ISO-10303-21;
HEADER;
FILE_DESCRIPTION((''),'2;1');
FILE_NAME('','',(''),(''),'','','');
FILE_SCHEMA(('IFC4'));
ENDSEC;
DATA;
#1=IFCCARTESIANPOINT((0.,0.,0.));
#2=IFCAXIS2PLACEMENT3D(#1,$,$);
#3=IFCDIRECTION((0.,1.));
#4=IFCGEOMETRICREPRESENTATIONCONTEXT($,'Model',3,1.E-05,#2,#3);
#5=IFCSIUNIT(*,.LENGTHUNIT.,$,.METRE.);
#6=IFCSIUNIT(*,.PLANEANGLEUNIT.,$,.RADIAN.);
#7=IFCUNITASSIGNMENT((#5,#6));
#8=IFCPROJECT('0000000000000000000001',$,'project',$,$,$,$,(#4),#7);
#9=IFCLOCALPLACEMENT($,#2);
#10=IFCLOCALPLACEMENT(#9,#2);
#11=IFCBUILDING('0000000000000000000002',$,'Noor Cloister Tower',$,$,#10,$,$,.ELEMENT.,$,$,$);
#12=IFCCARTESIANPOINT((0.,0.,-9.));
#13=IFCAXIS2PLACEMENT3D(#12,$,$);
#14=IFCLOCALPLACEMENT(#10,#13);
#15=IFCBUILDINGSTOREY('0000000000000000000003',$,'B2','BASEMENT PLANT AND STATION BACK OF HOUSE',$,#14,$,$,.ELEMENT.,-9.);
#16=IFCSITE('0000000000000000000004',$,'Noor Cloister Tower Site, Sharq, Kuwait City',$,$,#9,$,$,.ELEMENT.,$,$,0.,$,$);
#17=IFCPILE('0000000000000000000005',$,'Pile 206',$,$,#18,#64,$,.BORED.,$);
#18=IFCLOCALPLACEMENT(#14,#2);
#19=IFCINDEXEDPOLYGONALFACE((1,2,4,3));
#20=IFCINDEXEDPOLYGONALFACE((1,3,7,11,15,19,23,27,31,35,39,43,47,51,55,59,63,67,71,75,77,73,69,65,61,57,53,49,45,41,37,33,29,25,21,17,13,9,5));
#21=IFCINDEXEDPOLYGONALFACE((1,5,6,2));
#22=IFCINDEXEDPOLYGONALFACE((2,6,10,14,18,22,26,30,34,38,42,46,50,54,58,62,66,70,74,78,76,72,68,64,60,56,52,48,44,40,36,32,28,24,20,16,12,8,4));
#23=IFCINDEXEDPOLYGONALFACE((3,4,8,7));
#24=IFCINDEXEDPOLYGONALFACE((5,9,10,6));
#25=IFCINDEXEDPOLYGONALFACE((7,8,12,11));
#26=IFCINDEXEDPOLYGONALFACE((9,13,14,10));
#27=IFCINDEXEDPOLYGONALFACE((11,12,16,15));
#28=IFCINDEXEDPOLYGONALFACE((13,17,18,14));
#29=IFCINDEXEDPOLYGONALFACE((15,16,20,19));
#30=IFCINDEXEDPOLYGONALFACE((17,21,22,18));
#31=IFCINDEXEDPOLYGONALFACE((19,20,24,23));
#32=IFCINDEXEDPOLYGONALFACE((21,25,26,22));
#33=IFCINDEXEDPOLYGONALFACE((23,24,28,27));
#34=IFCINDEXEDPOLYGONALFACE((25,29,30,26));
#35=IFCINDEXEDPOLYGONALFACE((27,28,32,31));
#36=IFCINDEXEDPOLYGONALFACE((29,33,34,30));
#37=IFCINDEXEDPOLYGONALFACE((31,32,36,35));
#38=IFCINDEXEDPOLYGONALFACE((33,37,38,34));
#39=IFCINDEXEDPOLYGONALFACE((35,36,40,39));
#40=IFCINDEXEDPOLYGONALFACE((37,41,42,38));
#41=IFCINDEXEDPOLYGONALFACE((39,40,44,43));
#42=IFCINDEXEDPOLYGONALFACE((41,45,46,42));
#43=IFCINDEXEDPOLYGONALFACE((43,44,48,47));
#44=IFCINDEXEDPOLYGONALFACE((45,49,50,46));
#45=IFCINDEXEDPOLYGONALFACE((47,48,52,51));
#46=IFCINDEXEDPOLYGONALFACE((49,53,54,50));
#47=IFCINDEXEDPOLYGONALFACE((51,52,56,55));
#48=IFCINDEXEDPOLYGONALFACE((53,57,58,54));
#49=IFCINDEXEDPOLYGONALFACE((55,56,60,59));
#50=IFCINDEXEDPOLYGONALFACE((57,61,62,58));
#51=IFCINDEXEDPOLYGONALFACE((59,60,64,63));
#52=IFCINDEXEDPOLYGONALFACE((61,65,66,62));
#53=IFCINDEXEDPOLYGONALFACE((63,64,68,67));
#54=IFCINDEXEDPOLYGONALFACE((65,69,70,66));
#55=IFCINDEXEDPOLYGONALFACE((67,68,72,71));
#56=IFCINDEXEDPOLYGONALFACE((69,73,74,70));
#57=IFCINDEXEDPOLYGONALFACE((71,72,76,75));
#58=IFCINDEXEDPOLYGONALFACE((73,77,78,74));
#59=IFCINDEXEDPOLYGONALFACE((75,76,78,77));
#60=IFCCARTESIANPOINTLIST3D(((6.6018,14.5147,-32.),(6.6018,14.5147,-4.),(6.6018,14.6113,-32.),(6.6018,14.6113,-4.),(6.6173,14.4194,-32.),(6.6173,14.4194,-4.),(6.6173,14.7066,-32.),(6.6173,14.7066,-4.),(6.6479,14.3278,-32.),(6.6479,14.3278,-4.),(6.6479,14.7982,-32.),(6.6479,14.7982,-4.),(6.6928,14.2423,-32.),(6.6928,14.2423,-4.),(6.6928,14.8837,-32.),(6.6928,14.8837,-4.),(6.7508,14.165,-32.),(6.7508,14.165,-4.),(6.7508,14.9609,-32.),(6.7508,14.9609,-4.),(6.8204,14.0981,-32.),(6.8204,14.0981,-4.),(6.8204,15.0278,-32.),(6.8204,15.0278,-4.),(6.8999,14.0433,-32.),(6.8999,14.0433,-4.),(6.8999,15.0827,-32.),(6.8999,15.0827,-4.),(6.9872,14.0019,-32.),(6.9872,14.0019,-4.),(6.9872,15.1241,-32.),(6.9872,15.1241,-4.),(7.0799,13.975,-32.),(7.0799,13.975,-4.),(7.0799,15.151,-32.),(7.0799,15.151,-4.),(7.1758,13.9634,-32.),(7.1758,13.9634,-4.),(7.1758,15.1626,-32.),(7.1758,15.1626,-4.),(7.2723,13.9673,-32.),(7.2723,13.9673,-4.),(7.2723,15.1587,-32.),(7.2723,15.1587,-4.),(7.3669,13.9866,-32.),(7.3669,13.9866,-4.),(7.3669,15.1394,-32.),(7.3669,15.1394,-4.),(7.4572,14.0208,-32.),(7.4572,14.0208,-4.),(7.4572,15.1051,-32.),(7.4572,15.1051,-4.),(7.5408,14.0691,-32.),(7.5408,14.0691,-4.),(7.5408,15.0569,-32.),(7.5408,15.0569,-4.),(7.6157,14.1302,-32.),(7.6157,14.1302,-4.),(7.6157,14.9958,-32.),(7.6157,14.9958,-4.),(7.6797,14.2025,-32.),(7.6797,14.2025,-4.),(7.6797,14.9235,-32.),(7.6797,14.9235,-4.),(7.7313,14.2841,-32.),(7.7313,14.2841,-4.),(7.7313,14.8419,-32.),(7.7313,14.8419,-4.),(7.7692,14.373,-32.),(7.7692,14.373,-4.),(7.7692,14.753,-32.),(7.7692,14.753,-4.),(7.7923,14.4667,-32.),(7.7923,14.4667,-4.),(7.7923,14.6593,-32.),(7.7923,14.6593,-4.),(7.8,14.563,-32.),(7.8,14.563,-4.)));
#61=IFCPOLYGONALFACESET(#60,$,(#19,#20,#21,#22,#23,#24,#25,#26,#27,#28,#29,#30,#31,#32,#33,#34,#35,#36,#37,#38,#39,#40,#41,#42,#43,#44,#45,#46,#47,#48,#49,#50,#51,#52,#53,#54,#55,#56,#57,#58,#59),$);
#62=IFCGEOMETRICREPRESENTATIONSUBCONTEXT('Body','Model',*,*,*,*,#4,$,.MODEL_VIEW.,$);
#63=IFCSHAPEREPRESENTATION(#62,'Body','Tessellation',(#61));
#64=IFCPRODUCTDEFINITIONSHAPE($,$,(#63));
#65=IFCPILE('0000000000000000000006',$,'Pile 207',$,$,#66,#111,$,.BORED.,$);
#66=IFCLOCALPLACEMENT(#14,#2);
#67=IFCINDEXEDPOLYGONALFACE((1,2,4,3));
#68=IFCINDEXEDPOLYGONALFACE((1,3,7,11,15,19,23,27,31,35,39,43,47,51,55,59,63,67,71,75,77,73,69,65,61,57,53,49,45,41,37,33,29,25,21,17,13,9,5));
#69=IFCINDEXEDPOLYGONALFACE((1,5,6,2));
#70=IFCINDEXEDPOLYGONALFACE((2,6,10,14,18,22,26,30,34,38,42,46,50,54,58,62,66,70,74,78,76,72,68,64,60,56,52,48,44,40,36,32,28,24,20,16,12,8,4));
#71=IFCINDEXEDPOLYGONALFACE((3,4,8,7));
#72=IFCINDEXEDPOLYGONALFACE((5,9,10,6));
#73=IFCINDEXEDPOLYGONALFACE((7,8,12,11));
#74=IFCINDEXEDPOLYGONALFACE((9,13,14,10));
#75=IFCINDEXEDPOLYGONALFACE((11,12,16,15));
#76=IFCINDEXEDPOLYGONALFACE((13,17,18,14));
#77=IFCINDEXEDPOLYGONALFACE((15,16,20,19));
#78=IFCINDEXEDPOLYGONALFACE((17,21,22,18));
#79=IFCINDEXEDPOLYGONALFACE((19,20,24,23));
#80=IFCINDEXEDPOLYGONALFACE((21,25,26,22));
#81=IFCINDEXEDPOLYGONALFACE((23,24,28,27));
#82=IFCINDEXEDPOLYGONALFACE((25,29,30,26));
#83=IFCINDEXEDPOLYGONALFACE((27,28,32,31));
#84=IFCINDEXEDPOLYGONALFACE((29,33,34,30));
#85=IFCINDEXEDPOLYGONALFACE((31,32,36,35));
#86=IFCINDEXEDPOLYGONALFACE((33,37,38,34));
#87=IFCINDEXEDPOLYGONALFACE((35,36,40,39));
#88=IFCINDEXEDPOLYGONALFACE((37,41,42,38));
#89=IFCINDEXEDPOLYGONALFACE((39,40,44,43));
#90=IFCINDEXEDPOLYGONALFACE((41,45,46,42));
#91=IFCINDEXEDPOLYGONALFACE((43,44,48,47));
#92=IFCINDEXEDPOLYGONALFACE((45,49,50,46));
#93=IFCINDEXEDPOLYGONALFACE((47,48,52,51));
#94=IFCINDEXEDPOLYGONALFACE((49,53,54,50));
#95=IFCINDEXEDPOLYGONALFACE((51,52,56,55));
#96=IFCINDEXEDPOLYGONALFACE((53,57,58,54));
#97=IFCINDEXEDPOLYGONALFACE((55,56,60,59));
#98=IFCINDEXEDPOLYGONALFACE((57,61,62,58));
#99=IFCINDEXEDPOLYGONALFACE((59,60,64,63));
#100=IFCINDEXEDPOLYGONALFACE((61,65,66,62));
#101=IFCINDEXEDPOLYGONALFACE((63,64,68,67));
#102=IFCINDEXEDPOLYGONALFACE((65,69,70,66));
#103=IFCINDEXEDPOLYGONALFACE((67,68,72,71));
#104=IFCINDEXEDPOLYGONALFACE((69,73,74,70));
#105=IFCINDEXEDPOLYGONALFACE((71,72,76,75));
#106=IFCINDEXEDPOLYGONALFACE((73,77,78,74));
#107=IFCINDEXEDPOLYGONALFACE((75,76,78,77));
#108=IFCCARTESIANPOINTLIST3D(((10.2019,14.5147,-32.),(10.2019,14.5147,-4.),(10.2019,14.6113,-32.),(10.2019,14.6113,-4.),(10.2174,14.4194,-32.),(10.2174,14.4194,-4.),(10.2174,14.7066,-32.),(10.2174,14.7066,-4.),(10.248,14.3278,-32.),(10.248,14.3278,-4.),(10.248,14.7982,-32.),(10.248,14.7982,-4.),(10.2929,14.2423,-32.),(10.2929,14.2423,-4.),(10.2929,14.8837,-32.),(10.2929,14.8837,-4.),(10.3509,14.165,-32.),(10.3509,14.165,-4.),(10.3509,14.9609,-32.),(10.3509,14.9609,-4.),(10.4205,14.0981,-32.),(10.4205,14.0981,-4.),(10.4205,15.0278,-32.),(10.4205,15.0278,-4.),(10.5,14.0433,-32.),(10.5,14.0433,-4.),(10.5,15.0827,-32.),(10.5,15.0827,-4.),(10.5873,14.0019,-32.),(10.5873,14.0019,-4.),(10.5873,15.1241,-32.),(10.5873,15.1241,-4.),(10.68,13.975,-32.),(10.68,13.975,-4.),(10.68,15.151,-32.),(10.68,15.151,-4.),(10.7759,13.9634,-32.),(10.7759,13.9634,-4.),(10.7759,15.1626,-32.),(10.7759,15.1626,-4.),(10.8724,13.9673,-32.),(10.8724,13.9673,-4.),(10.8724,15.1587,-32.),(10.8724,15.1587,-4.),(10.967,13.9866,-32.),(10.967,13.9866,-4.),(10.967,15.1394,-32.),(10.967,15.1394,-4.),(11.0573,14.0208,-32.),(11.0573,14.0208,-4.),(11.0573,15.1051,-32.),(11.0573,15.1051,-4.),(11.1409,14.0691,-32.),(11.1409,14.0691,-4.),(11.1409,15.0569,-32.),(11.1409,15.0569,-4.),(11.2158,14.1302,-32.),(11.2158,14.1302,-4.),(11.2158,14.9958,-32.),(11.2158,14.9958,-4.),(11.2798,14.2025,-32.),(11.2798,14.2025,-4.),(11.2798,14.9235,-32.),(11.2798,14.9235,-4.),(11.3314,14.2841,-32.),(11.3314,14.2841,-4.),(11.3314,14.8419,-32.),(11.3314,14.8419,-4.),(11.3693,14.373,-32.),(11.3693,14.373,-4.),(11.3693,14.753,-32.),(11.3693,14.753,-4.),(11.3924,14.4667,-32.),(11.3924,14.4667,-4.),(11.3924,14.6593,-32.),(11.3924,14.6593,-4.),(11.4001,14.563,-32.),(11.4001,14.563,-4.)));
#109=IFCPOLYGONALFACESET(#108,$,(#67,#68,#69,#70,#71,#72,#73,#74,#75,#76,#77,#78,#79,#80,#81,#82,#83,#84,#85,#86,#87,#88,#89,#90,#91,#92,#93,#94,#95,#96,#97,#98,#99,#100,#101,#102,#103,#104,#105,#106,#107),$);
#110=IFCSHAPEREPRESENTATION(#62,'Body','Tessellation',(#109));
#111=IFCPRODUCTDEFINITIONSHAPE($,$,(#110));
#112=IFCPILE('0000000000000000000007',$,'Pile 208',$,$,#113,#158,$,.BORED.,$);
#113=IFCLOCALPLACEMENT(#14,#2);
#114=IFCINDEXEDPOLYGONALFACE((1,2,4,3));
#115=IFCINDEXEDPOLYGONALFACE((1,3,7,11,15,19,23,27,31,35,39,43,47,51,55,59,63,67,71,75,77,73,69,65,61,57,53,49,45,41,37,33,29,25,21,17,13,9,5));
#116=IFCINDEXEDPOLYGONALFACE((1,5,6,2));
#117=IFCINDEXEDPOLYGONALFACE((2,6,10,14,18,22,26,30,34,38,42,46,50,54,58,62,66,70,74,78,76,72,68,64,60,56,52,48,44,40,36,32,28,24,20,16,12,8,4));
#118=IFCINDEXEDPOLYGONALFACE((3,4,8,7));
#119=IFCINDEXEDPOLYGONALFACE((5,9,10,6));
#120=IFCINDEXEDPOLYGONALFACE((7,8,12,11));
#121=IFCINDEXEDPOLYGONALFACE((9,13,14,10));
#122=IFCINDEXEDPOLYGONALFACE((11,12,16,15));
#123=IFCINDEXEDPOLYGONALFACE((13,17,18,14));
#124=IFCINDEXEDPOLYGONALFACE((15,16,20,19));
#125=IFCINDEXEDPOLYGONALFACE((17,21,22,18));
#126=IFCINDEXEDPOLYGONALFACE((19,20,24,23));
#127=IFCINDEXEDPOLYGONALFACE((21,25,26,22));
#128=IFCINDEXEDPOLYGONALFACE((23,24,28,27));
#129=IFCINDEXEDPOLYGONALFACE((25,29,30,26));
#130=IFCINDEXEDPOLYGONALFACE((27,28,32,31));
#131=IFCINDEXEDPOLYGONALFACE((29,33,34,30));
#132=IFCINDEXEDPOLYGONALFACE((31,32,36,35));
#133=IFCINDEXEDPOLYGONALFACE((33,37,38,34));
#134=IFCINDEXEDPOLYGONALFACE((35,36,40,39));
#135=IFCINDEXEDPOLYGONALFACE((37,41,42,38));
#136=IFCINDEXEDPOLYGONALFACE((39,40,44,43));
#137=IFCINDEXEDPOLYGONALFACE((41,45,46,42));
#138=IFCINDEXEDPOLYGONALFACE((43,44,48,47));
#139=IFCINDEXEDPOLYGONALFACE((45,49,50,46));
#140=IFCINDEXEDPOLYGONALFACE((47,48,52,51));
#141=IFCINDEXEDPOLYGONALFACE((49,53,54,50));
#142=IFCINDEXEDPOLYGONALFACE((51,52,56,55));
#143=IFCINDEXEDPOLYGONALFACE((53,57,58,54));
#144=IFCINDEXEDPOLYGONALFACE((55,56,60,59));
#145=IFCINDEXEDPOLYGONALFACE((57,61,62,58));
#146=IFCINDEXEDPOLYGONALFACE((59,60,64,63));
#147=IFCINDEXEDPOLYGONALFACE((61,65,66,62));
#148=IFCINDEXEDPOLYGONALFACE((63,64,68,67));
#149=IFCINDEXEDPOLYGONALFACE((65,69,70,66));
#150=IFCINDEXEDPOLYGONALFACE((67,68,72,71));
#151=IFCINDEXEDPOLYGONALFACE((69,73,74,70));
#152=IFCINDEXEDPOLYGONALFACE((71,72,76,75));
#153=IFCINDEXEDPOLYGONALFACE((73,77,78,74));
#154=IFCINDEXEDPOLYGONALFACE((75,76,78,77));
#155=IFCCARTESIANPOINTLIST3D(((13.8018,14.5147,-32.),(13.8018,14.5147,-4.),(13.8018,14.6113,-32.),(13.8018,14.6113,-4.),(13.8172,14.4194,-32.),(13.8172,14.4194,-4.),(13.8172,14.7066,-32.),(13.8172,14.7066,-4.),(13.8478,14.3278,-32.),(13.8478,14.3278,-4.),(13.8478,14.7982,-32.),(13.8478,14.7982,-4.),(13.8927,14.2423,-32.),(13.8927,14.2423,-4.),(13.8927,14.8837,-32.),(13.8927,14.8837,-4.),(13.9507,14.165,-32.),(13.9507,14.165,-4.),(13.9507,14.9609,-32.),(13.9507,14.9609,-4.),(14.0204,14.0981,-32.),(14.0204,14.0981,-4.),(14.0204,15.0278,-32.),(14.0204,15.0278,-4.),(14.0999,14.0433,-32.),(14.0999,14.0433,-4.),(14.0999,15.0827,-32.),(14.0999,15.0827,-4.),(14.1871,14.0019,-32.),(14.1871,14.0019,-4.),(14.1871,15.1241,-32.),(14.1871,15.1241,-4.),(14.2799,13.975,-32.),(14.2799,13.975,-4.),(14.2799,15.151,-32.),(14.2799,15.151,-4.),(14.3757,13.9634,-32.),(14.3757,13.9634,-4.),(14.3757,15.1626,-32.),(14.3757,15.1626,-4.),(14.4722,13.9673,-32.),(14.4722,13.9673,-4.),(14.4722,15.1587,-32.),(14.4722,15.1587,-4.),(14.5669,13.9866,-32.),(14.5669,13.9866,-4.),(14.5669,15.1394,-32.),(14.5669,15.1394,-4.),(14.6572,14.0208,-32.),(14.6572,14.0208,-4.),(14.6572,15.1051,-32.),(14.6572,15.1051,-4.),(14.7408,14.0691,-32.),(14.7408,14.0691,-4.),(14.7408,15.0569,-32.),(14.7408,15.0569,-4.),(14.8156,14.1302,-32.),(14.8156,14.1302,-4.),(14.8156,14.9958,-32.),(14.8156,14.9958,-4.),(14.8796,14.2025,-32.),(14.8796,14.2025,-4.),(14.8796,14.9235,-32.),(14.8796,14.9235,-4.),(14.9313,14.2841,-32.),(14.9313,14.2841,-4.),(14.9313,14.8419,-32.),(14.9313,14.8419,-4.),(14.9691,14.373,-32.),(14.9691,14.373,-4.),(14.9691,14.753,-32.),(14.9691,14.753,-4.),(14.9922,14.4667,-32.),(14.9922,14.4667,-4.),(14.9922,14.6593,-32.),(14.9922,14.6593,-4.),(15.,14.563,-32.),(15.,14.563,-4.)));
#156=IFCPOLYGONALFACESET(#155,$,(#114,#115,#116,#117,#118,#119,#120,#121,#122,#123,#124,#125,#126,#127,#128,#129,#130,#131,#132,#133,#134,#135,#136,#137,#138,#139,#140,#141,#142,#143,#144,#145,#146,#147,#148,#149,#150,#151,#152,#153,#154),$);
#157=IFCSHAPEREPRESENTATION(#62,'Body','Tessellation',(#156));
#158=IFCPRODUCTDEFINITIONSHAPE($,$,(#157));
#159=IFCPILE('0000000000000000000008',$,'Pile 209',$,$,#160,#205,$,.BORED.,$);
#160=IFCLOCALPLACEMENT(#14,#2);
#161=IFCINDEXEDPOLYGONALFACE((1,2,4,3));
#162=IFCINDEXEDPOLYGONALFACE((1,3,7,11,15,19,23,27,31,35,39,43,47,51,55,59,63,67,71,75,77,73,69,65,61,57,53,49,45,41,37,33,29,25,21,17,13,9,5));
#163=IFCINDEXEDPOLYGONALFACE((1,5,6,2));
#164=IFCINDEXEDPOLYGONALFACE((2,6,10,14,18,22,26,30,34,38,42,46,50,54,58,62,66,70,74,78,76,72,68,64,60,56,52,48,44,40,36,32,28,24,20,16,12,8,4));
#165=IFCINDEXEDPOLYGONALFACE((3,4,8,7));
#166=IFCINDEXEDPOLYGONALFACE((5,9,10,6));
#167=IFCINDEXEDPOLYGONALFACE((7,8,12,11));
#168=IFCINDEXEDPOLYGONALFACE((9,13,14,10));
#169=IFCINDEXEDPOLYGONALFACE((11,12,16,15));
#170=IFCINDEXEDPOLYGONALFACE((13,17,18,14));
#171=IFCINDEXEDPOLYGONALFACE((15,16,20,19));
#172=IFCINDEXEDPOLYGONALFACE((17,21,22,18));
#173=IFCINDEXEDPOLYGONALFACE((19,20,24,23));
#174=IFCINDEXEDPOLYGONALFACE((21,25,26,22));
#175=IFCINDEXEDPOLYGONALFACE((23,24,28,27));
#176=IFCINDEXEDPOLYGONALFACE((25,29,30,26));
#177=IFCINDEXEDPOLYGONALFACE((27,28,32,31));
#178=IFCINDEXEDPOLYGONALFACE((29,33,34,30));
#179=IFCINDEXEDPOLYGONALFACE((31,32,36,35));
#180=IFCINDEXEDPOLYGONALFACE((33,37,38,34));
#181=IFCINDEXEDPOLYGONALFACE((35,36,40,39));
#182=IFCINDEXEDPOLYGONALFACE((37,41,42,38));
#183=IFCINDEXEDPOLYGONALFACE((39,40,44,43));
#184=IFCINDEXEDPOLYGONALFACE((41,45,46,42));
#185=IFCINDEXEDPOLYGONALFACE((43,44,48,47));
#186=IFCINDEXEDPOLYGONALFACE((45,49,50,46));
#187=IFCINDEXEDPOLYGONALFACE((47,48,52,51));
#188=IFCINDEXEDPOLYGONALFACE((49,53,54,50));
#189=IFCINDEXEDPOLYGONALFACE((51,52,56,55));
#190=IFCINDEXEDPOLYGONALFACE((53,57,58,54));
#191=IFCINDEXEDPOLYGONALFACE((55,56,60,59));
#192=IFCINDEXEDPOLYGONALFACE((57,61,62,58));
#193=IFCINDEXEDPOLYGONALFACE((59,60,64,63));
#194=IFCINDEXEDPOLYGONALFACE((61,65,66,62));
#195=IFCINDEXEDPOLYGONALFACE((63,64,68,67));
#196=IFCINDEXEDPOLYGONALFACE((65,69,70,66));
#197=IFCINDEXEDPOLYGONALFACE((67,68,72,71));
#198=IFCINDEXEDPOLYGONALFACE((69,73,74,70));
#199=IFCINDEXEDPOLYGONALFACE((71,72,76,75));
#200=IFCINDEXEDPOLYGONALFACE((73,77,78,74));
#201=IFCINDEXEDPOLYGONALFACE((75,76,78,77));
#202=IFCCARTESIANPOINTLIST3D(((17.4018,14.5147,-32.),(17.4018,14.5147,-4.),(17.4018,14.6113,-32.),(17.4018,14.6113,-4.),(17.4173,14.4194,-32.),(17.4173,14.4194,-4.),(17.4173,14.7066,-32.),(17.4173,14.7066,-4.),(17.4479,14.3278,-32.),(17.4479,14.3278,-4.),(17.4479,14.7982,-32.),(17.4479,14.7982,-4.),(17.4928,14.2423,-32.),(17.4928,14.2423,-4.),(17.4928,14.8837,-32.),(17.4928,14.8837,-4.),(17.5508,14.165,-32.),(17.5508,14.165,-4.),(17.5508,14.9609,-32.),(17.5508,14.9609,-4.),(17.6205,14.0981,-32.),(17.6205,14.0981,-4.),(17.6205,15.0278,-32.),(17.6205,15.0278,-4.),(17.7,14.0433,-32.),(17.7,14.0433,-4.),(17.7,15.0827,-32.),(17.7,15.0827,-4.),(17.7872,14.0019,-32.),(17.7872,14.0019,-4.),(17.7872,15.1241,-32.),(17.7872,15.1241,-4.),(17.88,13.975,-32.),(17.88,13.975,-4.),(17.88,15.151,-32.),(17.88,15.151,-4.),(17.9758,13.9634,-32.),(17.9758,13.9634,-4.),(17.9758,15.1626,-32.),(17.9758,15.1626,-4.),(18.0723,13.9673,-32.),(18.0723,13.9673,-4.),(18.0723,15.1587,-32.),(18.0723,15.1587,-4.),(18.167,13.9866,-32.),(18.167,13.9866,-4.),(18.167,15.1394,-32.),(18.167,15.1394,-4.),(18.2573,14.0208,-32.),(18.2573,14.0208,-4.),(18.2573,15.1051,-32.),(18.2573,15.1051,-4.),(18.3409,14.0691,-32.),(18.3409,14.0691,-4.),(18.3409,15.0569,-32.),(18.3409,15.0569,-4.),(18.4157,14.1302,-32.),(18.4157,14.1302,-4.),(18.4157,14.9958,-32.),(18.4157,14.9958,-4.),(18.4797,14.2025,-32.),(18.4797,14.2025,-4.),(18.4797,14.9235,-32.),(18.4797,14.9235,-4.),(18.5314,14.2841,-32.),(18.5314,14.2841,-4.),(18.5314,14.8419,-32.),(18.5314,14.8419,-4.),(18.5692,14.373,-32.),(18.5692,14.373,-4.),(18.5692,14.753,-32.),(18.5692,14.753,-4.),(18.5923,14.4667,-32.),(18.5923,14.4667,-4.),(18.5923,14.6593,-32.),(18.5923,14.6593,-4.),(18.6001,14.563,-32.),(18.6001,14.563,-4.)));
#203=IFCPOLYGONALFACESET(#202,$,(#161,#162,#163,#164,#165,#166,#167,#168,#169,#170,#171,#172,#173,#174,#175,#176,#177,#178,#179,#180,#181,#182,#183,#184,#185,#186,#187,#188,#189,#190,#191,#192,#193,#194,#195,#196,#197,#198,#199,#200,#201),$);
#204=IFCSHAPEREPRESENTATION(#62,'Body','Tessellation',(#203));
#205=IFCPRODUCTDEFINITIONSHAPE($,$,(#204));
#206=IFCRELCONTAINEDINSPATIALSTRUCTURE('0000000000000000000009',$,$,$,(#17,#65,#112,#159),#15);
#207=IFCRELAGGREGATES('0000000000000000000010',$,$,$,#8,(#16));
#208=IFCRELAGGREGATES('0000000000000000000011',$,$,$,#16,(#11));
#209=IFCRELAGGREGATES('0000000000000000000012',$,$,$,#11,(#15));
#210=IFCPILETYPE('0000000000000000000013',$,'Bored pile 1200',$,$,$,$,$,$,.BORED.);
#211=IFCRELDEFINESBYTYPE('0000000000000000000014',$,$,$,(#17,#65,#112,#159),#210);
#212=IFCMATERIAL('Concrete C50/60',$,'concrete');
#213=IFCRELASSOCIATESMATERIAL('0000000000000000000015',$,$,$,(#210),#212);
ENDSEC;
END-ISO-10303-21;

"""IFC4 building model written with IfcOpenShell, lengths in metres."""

from ifc_helpers import new_model, si_unit, direction, frame, origin, origin_2d, place, context, subcontext, project, spatial, circle, extrude, material, material_profile, profile_set, type_object, element, save


model = new_model("IFC4")

# Units and contexts
model_context = context("Model", 3, precision=1e-05, world=origin(), true_north=direction((0.0, 1.0)))
body_context = subcontext(model_context, "Body", "Model", "MODEL_VIEW")
ifc_project = project(units=[si_unit("LENGTHUNIT", "METRE"), si_unit("PLANEANGLEUNIT", "RADIAN")], contexts=[model_context])

# Site, building, storey
site_placement = place(None, origin())
site = spatial("IfcSite", under=ifc_project, at=site_placement, Name="Noor Cloister Tower Site, Sharq, Kuwait City", CompositionType="ELEMENT", RefElevation=0.0)
building_placement = place(site_placement, origin())
building = spatial("IfcBuilding", under=site, at=building_placement, Name="Noor Cloister Tower", CompositionType="ELEMENT")
storey_placement = place(building_placement, frame((0.0, 0.0, -9.0)))
storey = spatial("IfcBuildingStorey", under=building, at=storey_placement, Name="B2", Description="BASEMENT PLANT AND STATION BACK OF HOUSE", CompositionType="ELEMENT", Elevation=-9.0)

# Piles
ifc_material_1 = material(Name="Concrete C50/60", Category="concrete")
ifc_material_profile_1 = material_profile(ifc_material_1, circle(Radius=0.6001, at=origin_2d()), Name="Bored pile 1200")
ifc_profile_set_1 = profile_set([ifc_material_profile_1], Name="Concrete C50/60")
pile_type = type_object("IfcPileType", Name="Bored pile 1200", PredefinedType="BORED", material=ifc_profile_set_1)
for number, where, z_axis, x_axis, name in (
    (1, (7.2, 14.563, -4.0), (0.0, 0.0, -1.0), (1.0, 0.0, 0.0), "Pile 206"),
    (2, (10.8, 14.563, -4.0), (0.0, 0.0, -1.0), (1.0, 0.0, 0.0), "Pile 207"),
    (3, (14.3999, 14.563, -4.0), (0.0, 0.0, -1.0), (1.0, 0.0, 0.0), "Pile 208"),
    (4, (18.0, 14.563, -4.0), (0.0, 0.0, -1.0), (1.0, 0.0, 0.0), "Pile 209"),
):
    element("IfcPile", number, at=place(storey_placement, frame(where, z_axis=z_axis, x_axis=x_axis)), inside=storey, type_object=pile_type, Name=name, PredefinedType="BORED", context=body_context, shape_type="SweptSolid", body=[
        extrude(circle(Radius=0.6001, at=origin_2d()), origin(), (0.0, 0.0, 1.0), 28.0),
    ])

save(model, "model.ifc")
